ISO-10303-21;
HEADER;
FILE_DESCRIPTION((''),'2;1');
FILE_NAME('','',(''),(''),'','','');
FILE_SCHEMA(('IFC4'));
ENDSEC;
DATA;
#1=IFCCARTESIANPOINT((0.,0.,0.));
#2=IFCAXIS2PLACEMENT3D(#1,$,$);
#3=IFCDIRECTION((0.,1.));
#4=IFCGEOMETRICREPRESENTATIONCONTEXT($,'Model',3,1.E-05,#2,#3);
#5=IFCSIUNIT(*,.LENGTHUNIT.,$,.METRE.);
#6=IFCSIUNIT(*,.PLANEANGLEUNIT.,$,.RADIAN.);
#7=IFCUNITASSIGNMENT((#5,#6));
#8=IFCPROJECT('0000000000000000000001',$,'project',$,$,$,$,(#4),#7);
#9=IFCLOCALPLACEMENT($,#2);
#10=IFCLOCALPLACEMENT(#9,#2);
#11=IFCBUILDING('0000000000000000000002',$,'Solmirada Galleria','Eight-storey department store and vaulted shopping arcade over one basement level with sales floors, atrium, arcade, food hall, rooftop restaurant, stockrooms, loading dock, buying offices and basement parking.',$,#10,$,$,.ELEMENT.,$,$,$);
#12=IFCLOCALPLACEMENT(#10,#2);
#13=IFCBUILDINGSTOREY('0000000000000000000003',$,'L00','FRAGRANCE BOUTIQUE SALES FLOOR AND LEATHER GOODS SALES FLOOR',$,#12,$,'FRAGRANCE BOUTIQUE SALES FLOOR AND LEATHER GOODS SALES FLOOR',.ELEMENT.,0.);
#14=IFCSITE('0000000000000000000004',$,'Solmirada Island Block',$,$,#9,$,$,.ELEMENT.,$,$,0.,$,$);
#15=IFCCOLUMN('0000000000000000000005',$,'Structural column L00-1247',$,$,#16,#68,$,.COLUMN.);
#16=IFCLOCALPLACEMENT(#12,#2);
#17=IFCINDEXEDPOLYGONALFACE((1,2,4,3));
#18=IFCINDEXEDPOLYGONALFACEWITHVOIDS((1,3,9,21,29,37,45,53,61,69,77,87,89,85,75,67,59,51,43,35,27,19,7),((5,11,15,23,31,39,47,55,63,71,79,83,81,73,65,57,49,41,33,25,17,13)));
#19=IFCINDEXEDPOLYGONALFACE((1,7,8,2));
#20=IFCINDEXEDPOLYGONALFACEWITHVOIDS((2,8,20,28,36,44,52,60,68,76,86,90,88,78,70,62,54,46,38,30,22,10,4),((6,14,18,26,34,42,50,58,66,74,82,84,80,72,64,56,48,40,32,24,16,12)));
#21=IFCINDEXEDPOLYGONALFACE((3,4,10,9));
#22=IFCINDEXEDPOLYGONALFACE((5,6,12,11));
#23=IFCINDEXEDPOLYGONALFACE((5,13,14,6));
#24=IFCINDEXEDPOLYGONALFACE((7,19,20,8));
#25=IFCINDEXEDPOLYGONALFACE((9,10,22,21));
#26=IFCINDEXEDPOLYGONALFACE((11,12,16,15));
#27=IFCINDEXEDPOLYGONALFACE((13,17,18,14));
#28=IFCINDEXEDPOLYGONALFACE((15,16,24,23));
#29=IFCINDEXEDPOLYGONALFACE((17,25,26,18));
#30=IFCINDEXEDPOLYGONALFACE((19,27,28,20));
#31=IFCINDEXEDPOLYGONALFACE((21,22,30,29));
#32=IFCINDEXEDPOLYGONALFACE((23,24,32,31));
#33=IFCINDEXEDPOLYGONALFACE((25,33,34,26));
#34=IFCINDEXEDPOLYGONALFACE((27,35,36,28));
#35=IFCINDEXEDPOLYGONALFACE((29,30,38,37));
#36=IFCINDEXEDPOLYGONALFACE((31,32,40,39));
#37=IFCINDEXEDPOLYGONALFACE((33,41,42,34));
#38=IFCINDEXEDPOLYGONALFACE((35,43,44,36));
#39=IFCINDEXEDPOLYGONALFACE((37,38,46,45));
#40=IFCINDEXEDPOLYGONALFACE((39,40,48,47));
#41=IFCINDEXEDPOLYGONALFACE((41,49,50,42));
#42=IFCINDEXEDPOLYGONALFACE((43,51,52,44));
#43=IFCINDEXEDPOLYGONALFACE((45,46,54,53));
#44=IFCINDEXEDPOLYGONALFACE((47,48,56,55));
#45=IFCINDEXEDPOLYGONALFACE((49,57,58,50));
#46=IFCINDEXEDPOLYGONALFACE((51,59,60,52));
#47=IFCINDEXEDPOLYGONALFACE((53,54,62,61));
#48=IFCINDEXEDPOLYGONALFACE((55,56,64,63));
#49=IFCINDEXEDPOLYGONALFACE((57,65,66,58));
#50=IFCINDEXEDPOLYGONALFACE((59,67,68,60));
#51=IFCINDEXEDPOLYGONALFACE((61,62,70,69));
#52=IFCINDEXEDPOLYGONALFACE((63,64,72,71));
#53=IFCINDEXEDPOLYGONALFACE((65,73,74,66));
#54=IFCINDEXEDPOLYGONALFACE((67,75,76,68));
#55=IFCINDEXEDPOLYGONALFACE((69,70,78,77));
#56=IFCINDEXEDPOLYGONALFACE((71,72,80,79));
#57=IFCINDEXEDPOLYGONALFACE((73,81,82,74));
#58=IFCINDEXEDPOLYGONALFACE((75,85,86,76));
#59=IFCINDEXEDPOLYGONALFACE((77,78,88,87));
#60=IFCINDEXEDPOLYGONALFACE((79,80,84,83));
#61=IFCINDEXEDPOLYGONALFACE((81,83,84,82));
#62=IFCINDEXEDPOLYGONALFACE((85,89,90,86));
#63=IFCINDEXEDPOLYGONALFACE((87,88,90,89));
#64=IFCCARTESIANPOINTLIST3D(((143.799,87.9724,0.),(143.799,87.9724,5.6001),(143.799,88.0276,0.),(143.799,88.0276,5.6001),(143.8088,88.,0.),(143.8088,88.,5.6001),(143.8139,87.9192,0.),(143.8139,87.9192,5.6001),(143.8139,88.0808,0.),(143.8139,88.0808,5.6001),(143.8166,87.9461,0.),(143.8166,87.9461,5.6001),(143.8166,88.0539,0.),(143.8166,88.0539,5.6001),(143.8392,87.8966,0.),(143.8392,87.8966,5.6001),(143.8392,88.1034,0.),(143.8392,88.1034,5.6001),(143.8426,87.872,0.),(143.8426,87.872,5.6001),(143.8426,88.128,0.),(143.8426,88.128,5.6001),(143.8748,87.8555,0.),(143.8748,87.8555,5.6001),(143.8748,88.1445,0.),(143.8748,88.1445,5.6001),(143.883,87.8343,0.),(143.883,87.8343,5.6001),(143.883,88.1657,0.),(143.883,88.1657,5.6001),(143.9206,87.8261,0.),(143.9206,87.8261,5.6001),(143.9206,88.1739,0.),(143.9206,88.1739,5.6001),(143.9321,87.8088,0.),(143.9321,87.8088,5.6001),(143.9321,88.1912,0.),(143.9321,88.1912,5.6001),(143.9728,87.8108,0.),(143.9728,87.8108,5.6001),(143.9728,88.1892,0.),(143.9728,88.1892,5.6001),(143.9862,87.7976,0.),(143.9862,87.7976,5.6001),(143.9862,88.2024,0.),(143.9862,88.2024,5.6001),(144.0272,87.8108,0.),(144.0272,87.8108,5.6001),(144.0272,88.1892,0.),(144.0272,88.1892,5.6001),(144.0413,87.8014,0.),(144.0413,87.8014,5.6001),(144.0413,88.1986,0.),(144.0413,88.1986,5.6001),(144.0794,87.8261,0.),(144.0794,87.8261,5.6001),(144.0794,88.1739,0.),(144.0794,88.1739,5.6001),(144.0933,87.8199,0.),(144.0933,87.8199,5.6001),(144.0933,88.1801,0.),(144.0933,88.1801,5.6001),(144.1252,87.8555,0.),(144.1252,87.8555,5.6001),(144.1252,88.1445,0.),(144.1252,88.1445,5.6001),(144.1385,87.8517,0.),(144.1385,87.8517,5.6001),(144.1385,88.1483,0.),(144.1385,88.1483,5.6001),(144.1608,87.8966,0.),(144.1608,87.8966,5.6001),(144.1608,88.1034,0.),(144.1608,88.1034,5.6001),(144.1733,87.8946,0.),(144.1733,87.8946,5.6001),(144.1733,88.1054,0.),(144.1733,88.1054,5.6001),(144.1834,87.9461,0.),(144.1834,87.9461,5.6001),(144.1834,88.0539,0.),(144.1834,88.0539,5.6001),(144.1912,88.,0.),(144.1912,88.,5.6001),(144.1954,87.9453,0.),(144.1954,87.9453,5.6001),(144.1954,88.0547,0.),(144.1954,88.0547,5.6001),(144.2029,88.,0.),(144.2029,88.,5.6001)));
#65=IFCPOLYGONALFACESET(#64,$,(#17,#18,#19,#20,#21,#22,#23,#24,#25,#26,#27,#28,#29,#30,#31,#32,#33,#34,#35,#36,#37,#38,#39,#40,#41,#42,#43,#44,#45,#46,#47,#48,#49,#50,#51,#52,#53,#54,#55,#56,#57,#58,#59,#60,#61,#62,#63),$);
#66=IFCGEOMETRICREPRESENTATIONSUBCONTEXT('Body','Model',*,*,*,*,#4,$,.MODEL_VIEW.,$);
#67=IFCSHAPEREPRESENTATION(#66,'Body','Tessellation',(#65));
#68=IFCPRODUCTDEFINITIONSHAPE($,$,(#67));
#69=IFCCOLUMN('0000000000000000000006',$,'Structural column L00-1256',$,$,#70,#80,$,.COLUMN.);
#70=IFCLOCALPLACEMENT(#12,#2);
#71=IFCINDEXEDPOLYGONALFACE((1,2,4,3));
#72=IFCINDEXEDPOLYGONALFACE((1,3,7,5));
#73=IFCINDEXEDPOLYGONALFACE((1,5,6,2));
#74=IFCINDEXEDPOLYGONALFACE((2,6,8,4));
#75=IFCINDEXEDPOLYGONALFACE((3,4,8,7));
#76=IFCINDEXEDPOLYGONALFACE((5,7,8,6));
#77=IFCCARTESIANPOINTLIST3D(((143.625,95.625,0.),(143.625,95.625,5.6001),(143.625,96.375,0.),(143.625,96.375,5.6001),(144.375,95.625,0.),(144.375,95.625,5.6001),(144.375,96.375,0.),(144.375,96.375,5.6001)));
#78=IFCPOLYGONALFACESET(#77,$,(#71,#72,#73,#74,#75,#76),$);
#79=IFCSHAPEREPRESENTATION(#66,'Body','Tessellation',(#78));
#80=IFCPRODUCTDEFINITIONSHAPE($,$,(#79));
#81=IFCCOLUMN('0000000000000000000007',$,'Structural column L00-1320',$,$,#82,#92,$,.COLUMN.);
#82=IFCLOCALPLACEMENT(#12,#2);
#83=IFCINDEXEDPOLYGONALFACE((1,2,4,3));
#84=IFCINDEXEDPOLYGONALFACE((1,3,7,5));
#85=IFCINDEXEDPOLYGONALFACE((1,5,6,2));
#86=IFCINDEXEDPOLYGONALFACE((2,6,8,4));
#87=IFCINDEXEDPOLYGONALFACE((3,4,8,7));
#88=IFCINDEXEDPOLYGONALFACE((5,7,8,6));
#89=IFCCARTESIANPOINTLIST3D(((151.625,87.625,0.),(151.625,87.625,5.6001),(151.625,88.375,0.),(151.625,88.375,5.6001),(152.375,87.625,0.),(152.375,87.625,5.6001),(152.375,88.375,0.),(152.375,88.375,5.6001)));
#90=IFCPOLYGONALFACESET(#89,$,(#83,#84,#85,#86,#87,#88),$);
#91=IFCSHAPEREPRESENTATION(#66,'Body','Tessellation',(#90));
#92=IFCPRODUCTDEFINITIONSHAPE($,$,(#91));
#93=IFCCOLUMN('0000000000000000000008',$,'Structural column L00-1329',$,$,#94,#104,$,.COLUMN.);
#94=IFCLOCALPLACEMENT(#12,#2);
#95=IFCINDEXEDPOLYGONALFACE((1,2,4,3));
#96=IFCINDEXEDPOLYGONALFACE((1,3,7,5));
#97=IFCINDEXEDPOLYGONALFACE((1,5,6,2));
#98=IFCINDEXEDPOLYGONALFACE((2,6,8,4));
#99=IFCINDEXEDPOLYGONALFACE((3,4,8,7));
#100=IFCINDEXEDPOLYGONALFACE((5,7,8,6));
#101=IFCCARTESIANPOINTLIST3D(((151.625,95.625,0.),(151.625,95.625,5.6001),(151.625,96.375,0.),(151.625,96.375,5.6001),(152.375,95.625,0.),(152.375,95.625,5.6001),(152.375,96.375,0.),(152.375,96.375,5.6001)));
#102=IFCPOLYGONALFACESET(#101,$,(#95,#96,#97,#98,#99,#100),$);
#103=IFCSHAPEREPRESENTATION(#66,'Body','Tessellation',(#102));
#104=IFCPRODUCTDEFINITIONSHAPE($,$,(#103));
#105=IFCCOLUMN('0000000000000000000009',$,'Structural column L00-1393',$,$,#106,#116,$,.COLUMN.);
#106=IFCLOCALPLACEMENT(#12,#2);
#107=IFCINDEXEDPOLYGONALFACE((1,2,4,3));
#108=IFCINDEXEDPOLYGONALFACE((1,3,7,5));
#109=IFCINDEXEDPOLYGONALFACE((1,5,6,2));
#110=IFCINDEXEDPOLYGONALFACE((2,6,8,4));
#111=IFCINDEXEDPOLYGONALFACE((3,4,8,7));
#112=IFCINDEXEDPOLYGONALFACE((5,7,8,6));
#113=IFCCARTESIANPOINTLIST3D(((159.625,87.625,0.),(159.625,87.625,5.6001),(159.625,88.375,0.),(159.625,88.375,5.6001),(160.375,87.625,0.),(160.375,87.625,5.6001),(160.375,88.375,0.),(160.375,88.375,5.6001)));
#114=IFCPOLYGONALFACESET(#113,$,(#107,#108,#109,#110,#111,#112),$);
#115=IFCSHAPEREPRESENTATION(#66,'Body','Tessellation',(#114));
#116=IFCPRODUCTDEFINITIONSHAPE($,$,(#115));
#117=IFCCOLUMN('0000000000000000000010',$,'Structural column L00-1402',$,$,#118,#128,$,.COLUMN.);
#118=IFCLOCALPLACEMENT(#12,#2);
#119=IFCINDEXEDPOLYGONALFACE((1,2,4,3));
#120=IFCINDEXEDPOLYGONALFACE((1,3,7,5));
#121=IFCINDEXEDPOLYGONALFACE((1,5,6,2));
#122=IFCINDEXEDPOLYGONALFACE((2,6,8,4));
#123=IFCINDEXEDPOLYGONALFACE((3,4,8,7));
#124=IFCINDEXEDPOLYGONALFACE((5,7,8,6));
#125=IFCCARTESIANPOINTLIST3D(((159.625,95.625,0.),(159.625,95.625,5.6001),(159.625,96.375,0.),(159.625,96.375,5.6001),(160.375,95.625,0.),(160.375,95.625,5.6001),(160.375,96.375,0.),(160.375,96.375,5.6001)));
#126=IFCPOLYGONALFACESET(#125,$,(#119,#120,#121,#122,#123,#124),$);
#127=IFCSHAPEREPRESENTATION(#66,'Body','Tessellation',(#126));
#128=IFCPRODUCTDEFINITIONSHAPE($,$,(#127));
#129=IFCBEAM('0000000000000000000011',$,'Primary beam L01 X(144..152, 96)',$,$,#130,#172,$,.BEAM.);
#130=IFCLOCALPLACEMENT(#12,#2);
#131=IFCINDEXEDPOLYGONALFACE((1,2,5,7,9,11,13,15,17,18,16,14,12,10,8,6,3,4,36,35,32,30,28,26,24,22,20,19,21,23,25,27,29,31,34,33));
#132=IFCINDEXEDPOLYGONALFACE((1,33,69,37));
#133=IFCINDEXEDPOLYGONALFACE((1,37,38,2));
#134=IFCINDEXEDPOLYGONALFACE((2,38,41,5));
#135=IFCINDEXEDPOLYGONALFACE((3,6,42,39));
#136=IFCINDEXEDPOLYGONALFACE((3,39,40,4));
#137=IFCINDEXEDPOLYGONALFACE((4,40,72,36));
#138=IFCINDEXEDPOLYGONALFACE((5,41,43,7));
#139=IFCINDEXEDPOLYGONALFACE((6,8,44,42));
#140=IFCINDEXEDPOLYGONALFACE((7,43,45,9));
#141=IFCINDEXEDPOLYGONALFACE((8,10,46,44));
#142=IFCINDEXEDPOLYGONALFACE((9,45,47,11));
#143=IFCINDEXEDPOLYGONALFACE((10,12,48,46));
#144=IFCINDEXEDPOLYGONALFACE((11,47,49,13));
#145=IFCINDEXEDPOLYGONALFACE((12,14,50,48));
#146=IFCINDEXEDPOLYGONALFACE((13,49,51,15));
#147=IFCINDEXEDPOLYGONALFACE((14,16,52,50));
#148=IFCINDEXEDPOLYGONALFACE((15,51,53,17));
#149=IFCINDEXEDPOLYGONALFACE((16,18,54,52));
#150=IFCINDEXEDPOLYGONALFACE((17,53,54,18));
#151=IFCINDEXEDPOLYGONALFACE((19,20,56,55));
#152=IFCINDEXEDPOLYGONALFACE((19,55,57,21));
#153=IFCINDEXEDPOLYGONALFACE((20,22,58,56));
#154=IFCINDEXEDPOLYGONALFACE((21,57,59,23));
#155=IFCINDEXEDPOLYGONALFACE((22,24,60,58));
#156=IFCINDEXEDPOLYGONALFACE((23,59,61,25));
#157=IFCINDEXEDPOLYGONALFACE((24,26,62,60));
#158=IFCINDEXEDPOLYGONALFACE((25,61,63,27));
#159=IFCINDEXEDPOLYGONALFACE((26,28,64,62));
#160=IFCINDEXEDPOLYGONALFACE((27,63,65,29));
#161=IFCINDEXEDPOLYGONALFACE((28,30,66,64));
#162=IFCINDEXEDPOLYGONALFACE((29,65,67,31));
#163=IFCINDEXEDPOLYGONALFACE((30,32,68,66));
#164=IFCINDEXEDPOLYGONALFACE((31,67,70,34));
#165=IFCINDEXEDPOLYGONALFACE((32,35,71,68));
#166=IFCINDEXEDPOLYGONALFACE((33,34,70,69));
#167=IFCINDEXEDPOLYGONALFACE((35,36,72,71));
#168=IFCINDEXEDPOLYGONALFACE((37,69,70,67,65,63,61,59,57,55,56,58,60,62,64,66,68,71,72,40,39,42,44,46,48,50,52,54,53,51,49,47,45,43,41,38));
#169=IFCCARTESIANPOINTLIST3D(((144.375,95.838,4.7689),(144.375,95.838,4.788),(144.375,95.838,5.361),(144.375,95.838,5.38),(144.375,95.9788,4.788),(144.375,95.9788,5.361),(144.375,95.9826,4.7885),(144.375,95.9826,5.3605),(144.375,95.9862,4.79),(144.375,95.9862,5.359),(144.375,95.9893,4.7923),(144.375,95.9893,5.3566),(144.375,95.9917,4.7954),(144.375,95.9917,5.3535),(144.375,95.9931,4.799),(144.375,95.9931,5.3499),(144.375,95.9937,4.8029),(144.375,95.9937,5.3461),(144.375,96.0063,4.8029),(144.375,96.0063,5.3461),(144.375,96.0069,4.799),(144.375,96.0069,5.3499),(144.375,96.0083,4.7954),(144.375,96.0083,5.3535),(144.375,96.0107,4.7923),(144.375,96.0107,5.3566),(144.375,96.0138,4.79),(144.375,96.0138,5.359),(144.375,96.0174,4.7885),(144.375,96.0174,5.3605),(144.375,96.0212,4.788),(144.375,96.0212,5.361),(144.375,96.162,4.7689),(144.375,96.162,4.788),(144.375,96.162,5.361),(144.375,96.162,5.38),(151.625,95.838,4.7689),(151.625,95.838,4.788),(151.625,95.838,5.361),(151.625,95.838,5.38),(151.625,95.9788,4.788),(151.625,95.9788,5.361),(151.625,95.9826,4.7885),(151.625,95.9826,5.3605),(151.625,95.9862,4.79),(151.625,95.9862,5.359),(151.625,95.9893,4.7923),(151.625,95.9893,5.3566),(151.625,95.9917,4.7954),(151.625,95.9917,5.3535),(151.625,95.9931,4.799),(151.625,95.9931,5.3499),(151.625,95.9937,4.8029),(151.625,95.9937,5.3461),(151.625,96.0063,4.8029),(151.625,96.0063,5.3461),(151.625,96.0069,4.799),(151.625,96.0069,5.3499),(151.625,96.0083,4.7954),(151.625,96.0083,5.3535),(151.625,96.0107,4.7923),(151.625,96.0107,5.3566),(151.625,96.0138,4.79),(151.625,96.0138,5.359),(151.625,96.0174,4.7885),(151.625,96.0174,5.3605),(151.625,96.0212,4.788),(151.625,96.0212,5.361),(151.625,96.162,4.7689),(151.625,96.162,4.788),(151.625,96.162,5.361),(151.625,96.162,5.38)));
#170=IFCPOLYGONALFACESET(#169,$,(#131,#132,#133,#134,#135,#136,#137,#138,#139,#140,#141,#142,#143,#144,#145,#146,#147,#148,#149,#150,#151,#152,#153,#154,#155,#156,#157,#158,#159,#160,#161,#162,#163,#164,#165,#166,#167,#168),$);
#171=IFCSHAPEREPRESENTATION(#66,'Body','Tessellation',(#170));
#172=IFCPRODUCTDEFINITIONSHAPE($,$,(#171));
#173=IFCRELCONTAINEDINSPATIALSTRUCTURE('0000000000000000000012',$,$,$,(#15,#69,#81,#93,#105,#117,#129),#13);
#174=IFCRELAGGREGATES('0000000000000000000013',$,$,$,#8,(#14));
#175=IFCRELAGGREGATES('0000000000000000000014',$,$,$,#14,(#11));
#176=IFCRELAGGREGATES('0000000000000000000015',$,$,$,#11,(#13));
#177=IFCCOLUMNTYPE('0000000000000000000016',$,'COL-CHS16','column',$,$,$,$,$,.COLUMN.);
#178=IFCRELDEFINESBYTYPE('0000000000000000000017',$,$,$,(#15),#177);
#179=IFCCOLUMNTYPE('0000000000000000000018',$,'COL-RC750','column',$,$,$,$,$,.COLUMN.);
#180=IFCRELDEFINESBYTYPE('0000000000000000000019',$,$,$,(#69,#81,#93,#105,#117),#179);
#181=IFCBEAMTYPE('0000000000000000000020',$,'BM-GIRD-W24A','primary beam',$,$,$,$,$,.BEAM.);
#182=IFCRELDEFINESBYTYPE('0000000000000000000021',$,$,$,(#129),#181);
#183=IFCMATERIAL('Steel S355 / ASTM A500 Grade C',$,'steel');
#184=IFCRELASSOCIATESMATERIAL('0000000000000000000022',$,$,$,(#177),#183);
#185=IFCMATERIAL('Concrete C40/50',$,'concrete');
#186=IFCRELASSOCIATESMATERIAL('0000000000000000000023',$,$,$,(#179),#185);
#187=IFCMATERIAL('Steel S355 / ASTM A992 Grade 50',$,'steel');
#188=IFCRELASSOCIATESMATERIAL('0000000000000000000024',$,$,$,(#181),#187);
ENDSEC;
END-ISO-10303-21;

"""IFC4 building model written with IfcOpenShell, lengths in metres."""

from ifc_helpers import new_model, si_unit, direction, frame, origin, origin_2d, place, context, subcontext, project, spatial, rectangle, hollow_circle, i_section, extrude, material, material_profile, profile_set, type_object, element, save


model = new_model("IFC4")

# Units and contexts
model_context = context("Model", 3, precision=1e-05, world=origin(), true_north=direction((0.0, 1.0)))
body_context = subcontext(model_context, "Body", "Model", "MODEL_VIEW")
ifc_project = project(units=[si_unit("LENGTHUNIT", "METRE"), si_unit("PLANEANGLEUNIT", "RADIAN")], contexts=[model_context])

# Site, building, storey
site_placement = place(None, origin())
site = spatial("IfcSite", under=ifc_project, at=site_placement, Name="Solmirada Island Block", CompositionType="ELEMENT", RefElevation=0.0)
building_placement = place(site_placement, origin())
building = spatial("IfcBuilding", under=site, at=building_placement, Name="Solmirada Galleria", Description="Eight-storey department store and vaulted shopping arcade over one basement level with sales floors, atrium, arcade, food hall, rooftop restaurant, stockrooms, loading dock, buying offices and basement parking.", CompositionType="ELEMENT")
storey_placement = place(building_placement, origin())
storey = spatial("IfcBuildingStorey", under=building, at=storey_placement, Name="L00", Description="FRAGRANCE BOUTIQUE SALES FLOOR AND LEATHER GOODS SALES FLOOR", LongName="FRAGRANCE BOUTIQUE SALES FLOOR AND LEATHER GOODS SALES FLOOR", CompositionType="ELEMENT", Elevation=0.0)

# Columns
ifc_material_1 = material(Name="Steel S355 / ASTM A500 Grade C", Category="steel")
ifc_material_profile_1 = material_profile(ifc_material_1, hollow_circle(Radius=0.2029, WallThickness=0.0117, at=origin_2d()), Name="HSS16.000X0.500")
ifc_profile_set_1 = profile_set([ifc_material_profile_1], Name="Steel S355 / ASTM A500 Grade C")
column_type_1 = type_object("IfcColumnType", Name="COL-CHS16", Description="column", PredefinedType="COLUMN", material=ifc_profile_set_1)
column_placement = place(storey_placement, frame((144.0, 88.0, 0.0), z_axis=(0.0, 0.0, 1.0), x_axis=(1.0, 0.0, 0.0)))
element("IfcColumn", 1, at=column_placement, inside=storey, type_object=column_type_1, Name="Structural column L00-1247", PredefinedType="COLUMN", context=body_context, shape_type="SweptSolid", body=[
    extrude(hollow_circle(Radius=0.2029, WallThickness=0.0117, at=origin_2d()), origin(), (0.0, 0.0, 1.0), 5.6001),
])
ifc_material_2 = material(Name="Concrete C40/50", Category="concrete")
ifc_material_profile_2 = material_profile(ifc_material_2, rectangle(XDim=0.75, YDim=0.75, at=origin_2d()), Name="RC750X750")
ifc_profile_set_2 = profile_set([ifc_material_profile_2], Name="Concrete C40/50")
column_type_2 = type_object("IfcColumnType", Name="COL-RC750", Description="column", PredefinedType="COLUMN", material=ifc_profile_set_2)
for number, where, z_axis, x_axis, name in (
    (2, (144.0, 96.0, 0.0), (0.0, 0.0, 1.0), (1.0, 0.0, 0.0), "Structural column L00-1256"),
    (3, (152.0, 88.0, 0.0), (0.0, 0.0, 1.0), (1.0, 0.0, 0.0), "Structural column L00-1320"),
    (4, (152.0, 96.0, 0.0), (0.0, 0.0, 1.0), (1.0, 0.0, 0.0), "Structural column L00-1329"),
    (5, (160.0, 88.0, 0.0), (0.0, 0.0, 1.0), (1.0, 0.0, 0.0), "Structural column L00-1393"),
    (6, (160.0, 96.0, 0.0), (0.0, 0.0, 1.0), (1.0, 0.0, 0.0), "Structural column L00-1402"),
):
    element("IfcColumn", number, at=place(storey_placement, frame(where, z_axis=z_axis, x_axis=x_axis)), inside=storey, type_object=column_type_2, Name=name, PredefinedType="COLUMN", context=body_context, shape_type="SweptSolid", body=[
        extrude(rectangle(XDim=0.75, YDim=0.75, at=origin_2d()), origin(), (0.0, 0.0, 1.0), 5.6001),
    ])

# Beam
ifc_material_3 = material(Name="Steel S355 / ASTM A992 Grade 50", Category="steel")
ifc_material_profile_3 = material_profile(ifc_material_3, i_section(OverallWidth=0.324, OverallDepth=0.6111, WebThickness=0.0127, FlangeThickness=0.019, FilletRadius=0.0149, at=origin_2d()), Name="W24X104")
ifc_profile_set_3 = profile_set([ifc_material_profile_3], Name="Steel S355 / ASTM A992 Grade 50")
beam_type_1 = type_object("IfcBeamType", Name="BM-GIRD-W24A", Description="primary beam", PredefinedType="BEAM", material=ifc_profile_set_3)
for number, where, z_axis, x_axis, name in (
    (7, (144.375, 96.0, 5.0745), (1.0, 0.0, 0.0), (0.0, 1.0, 0.0), "Primary beam L01 X(144..152, 96)"),
):
    element("IfcBeam", number, at=place(storey_placement, frame(where, z_axis=z_axis, x_axis=x_axis)), inside=storey, type_object=beam_type_1, Name=name, PredefinedType="BEAM", context=body_context, shape_type="SweptSolid", body=[
        extrude(i_section(OverallWidth=0.324, OverallDepth=0.6111, WebThickness=0.0127, FlangeThickness=0.019, FilletRadius=0.0149, at=origin_2d()), origin(), (0.0, 0.0, 1.0), 7.25),
    ])

save(model, "model.ifc")
